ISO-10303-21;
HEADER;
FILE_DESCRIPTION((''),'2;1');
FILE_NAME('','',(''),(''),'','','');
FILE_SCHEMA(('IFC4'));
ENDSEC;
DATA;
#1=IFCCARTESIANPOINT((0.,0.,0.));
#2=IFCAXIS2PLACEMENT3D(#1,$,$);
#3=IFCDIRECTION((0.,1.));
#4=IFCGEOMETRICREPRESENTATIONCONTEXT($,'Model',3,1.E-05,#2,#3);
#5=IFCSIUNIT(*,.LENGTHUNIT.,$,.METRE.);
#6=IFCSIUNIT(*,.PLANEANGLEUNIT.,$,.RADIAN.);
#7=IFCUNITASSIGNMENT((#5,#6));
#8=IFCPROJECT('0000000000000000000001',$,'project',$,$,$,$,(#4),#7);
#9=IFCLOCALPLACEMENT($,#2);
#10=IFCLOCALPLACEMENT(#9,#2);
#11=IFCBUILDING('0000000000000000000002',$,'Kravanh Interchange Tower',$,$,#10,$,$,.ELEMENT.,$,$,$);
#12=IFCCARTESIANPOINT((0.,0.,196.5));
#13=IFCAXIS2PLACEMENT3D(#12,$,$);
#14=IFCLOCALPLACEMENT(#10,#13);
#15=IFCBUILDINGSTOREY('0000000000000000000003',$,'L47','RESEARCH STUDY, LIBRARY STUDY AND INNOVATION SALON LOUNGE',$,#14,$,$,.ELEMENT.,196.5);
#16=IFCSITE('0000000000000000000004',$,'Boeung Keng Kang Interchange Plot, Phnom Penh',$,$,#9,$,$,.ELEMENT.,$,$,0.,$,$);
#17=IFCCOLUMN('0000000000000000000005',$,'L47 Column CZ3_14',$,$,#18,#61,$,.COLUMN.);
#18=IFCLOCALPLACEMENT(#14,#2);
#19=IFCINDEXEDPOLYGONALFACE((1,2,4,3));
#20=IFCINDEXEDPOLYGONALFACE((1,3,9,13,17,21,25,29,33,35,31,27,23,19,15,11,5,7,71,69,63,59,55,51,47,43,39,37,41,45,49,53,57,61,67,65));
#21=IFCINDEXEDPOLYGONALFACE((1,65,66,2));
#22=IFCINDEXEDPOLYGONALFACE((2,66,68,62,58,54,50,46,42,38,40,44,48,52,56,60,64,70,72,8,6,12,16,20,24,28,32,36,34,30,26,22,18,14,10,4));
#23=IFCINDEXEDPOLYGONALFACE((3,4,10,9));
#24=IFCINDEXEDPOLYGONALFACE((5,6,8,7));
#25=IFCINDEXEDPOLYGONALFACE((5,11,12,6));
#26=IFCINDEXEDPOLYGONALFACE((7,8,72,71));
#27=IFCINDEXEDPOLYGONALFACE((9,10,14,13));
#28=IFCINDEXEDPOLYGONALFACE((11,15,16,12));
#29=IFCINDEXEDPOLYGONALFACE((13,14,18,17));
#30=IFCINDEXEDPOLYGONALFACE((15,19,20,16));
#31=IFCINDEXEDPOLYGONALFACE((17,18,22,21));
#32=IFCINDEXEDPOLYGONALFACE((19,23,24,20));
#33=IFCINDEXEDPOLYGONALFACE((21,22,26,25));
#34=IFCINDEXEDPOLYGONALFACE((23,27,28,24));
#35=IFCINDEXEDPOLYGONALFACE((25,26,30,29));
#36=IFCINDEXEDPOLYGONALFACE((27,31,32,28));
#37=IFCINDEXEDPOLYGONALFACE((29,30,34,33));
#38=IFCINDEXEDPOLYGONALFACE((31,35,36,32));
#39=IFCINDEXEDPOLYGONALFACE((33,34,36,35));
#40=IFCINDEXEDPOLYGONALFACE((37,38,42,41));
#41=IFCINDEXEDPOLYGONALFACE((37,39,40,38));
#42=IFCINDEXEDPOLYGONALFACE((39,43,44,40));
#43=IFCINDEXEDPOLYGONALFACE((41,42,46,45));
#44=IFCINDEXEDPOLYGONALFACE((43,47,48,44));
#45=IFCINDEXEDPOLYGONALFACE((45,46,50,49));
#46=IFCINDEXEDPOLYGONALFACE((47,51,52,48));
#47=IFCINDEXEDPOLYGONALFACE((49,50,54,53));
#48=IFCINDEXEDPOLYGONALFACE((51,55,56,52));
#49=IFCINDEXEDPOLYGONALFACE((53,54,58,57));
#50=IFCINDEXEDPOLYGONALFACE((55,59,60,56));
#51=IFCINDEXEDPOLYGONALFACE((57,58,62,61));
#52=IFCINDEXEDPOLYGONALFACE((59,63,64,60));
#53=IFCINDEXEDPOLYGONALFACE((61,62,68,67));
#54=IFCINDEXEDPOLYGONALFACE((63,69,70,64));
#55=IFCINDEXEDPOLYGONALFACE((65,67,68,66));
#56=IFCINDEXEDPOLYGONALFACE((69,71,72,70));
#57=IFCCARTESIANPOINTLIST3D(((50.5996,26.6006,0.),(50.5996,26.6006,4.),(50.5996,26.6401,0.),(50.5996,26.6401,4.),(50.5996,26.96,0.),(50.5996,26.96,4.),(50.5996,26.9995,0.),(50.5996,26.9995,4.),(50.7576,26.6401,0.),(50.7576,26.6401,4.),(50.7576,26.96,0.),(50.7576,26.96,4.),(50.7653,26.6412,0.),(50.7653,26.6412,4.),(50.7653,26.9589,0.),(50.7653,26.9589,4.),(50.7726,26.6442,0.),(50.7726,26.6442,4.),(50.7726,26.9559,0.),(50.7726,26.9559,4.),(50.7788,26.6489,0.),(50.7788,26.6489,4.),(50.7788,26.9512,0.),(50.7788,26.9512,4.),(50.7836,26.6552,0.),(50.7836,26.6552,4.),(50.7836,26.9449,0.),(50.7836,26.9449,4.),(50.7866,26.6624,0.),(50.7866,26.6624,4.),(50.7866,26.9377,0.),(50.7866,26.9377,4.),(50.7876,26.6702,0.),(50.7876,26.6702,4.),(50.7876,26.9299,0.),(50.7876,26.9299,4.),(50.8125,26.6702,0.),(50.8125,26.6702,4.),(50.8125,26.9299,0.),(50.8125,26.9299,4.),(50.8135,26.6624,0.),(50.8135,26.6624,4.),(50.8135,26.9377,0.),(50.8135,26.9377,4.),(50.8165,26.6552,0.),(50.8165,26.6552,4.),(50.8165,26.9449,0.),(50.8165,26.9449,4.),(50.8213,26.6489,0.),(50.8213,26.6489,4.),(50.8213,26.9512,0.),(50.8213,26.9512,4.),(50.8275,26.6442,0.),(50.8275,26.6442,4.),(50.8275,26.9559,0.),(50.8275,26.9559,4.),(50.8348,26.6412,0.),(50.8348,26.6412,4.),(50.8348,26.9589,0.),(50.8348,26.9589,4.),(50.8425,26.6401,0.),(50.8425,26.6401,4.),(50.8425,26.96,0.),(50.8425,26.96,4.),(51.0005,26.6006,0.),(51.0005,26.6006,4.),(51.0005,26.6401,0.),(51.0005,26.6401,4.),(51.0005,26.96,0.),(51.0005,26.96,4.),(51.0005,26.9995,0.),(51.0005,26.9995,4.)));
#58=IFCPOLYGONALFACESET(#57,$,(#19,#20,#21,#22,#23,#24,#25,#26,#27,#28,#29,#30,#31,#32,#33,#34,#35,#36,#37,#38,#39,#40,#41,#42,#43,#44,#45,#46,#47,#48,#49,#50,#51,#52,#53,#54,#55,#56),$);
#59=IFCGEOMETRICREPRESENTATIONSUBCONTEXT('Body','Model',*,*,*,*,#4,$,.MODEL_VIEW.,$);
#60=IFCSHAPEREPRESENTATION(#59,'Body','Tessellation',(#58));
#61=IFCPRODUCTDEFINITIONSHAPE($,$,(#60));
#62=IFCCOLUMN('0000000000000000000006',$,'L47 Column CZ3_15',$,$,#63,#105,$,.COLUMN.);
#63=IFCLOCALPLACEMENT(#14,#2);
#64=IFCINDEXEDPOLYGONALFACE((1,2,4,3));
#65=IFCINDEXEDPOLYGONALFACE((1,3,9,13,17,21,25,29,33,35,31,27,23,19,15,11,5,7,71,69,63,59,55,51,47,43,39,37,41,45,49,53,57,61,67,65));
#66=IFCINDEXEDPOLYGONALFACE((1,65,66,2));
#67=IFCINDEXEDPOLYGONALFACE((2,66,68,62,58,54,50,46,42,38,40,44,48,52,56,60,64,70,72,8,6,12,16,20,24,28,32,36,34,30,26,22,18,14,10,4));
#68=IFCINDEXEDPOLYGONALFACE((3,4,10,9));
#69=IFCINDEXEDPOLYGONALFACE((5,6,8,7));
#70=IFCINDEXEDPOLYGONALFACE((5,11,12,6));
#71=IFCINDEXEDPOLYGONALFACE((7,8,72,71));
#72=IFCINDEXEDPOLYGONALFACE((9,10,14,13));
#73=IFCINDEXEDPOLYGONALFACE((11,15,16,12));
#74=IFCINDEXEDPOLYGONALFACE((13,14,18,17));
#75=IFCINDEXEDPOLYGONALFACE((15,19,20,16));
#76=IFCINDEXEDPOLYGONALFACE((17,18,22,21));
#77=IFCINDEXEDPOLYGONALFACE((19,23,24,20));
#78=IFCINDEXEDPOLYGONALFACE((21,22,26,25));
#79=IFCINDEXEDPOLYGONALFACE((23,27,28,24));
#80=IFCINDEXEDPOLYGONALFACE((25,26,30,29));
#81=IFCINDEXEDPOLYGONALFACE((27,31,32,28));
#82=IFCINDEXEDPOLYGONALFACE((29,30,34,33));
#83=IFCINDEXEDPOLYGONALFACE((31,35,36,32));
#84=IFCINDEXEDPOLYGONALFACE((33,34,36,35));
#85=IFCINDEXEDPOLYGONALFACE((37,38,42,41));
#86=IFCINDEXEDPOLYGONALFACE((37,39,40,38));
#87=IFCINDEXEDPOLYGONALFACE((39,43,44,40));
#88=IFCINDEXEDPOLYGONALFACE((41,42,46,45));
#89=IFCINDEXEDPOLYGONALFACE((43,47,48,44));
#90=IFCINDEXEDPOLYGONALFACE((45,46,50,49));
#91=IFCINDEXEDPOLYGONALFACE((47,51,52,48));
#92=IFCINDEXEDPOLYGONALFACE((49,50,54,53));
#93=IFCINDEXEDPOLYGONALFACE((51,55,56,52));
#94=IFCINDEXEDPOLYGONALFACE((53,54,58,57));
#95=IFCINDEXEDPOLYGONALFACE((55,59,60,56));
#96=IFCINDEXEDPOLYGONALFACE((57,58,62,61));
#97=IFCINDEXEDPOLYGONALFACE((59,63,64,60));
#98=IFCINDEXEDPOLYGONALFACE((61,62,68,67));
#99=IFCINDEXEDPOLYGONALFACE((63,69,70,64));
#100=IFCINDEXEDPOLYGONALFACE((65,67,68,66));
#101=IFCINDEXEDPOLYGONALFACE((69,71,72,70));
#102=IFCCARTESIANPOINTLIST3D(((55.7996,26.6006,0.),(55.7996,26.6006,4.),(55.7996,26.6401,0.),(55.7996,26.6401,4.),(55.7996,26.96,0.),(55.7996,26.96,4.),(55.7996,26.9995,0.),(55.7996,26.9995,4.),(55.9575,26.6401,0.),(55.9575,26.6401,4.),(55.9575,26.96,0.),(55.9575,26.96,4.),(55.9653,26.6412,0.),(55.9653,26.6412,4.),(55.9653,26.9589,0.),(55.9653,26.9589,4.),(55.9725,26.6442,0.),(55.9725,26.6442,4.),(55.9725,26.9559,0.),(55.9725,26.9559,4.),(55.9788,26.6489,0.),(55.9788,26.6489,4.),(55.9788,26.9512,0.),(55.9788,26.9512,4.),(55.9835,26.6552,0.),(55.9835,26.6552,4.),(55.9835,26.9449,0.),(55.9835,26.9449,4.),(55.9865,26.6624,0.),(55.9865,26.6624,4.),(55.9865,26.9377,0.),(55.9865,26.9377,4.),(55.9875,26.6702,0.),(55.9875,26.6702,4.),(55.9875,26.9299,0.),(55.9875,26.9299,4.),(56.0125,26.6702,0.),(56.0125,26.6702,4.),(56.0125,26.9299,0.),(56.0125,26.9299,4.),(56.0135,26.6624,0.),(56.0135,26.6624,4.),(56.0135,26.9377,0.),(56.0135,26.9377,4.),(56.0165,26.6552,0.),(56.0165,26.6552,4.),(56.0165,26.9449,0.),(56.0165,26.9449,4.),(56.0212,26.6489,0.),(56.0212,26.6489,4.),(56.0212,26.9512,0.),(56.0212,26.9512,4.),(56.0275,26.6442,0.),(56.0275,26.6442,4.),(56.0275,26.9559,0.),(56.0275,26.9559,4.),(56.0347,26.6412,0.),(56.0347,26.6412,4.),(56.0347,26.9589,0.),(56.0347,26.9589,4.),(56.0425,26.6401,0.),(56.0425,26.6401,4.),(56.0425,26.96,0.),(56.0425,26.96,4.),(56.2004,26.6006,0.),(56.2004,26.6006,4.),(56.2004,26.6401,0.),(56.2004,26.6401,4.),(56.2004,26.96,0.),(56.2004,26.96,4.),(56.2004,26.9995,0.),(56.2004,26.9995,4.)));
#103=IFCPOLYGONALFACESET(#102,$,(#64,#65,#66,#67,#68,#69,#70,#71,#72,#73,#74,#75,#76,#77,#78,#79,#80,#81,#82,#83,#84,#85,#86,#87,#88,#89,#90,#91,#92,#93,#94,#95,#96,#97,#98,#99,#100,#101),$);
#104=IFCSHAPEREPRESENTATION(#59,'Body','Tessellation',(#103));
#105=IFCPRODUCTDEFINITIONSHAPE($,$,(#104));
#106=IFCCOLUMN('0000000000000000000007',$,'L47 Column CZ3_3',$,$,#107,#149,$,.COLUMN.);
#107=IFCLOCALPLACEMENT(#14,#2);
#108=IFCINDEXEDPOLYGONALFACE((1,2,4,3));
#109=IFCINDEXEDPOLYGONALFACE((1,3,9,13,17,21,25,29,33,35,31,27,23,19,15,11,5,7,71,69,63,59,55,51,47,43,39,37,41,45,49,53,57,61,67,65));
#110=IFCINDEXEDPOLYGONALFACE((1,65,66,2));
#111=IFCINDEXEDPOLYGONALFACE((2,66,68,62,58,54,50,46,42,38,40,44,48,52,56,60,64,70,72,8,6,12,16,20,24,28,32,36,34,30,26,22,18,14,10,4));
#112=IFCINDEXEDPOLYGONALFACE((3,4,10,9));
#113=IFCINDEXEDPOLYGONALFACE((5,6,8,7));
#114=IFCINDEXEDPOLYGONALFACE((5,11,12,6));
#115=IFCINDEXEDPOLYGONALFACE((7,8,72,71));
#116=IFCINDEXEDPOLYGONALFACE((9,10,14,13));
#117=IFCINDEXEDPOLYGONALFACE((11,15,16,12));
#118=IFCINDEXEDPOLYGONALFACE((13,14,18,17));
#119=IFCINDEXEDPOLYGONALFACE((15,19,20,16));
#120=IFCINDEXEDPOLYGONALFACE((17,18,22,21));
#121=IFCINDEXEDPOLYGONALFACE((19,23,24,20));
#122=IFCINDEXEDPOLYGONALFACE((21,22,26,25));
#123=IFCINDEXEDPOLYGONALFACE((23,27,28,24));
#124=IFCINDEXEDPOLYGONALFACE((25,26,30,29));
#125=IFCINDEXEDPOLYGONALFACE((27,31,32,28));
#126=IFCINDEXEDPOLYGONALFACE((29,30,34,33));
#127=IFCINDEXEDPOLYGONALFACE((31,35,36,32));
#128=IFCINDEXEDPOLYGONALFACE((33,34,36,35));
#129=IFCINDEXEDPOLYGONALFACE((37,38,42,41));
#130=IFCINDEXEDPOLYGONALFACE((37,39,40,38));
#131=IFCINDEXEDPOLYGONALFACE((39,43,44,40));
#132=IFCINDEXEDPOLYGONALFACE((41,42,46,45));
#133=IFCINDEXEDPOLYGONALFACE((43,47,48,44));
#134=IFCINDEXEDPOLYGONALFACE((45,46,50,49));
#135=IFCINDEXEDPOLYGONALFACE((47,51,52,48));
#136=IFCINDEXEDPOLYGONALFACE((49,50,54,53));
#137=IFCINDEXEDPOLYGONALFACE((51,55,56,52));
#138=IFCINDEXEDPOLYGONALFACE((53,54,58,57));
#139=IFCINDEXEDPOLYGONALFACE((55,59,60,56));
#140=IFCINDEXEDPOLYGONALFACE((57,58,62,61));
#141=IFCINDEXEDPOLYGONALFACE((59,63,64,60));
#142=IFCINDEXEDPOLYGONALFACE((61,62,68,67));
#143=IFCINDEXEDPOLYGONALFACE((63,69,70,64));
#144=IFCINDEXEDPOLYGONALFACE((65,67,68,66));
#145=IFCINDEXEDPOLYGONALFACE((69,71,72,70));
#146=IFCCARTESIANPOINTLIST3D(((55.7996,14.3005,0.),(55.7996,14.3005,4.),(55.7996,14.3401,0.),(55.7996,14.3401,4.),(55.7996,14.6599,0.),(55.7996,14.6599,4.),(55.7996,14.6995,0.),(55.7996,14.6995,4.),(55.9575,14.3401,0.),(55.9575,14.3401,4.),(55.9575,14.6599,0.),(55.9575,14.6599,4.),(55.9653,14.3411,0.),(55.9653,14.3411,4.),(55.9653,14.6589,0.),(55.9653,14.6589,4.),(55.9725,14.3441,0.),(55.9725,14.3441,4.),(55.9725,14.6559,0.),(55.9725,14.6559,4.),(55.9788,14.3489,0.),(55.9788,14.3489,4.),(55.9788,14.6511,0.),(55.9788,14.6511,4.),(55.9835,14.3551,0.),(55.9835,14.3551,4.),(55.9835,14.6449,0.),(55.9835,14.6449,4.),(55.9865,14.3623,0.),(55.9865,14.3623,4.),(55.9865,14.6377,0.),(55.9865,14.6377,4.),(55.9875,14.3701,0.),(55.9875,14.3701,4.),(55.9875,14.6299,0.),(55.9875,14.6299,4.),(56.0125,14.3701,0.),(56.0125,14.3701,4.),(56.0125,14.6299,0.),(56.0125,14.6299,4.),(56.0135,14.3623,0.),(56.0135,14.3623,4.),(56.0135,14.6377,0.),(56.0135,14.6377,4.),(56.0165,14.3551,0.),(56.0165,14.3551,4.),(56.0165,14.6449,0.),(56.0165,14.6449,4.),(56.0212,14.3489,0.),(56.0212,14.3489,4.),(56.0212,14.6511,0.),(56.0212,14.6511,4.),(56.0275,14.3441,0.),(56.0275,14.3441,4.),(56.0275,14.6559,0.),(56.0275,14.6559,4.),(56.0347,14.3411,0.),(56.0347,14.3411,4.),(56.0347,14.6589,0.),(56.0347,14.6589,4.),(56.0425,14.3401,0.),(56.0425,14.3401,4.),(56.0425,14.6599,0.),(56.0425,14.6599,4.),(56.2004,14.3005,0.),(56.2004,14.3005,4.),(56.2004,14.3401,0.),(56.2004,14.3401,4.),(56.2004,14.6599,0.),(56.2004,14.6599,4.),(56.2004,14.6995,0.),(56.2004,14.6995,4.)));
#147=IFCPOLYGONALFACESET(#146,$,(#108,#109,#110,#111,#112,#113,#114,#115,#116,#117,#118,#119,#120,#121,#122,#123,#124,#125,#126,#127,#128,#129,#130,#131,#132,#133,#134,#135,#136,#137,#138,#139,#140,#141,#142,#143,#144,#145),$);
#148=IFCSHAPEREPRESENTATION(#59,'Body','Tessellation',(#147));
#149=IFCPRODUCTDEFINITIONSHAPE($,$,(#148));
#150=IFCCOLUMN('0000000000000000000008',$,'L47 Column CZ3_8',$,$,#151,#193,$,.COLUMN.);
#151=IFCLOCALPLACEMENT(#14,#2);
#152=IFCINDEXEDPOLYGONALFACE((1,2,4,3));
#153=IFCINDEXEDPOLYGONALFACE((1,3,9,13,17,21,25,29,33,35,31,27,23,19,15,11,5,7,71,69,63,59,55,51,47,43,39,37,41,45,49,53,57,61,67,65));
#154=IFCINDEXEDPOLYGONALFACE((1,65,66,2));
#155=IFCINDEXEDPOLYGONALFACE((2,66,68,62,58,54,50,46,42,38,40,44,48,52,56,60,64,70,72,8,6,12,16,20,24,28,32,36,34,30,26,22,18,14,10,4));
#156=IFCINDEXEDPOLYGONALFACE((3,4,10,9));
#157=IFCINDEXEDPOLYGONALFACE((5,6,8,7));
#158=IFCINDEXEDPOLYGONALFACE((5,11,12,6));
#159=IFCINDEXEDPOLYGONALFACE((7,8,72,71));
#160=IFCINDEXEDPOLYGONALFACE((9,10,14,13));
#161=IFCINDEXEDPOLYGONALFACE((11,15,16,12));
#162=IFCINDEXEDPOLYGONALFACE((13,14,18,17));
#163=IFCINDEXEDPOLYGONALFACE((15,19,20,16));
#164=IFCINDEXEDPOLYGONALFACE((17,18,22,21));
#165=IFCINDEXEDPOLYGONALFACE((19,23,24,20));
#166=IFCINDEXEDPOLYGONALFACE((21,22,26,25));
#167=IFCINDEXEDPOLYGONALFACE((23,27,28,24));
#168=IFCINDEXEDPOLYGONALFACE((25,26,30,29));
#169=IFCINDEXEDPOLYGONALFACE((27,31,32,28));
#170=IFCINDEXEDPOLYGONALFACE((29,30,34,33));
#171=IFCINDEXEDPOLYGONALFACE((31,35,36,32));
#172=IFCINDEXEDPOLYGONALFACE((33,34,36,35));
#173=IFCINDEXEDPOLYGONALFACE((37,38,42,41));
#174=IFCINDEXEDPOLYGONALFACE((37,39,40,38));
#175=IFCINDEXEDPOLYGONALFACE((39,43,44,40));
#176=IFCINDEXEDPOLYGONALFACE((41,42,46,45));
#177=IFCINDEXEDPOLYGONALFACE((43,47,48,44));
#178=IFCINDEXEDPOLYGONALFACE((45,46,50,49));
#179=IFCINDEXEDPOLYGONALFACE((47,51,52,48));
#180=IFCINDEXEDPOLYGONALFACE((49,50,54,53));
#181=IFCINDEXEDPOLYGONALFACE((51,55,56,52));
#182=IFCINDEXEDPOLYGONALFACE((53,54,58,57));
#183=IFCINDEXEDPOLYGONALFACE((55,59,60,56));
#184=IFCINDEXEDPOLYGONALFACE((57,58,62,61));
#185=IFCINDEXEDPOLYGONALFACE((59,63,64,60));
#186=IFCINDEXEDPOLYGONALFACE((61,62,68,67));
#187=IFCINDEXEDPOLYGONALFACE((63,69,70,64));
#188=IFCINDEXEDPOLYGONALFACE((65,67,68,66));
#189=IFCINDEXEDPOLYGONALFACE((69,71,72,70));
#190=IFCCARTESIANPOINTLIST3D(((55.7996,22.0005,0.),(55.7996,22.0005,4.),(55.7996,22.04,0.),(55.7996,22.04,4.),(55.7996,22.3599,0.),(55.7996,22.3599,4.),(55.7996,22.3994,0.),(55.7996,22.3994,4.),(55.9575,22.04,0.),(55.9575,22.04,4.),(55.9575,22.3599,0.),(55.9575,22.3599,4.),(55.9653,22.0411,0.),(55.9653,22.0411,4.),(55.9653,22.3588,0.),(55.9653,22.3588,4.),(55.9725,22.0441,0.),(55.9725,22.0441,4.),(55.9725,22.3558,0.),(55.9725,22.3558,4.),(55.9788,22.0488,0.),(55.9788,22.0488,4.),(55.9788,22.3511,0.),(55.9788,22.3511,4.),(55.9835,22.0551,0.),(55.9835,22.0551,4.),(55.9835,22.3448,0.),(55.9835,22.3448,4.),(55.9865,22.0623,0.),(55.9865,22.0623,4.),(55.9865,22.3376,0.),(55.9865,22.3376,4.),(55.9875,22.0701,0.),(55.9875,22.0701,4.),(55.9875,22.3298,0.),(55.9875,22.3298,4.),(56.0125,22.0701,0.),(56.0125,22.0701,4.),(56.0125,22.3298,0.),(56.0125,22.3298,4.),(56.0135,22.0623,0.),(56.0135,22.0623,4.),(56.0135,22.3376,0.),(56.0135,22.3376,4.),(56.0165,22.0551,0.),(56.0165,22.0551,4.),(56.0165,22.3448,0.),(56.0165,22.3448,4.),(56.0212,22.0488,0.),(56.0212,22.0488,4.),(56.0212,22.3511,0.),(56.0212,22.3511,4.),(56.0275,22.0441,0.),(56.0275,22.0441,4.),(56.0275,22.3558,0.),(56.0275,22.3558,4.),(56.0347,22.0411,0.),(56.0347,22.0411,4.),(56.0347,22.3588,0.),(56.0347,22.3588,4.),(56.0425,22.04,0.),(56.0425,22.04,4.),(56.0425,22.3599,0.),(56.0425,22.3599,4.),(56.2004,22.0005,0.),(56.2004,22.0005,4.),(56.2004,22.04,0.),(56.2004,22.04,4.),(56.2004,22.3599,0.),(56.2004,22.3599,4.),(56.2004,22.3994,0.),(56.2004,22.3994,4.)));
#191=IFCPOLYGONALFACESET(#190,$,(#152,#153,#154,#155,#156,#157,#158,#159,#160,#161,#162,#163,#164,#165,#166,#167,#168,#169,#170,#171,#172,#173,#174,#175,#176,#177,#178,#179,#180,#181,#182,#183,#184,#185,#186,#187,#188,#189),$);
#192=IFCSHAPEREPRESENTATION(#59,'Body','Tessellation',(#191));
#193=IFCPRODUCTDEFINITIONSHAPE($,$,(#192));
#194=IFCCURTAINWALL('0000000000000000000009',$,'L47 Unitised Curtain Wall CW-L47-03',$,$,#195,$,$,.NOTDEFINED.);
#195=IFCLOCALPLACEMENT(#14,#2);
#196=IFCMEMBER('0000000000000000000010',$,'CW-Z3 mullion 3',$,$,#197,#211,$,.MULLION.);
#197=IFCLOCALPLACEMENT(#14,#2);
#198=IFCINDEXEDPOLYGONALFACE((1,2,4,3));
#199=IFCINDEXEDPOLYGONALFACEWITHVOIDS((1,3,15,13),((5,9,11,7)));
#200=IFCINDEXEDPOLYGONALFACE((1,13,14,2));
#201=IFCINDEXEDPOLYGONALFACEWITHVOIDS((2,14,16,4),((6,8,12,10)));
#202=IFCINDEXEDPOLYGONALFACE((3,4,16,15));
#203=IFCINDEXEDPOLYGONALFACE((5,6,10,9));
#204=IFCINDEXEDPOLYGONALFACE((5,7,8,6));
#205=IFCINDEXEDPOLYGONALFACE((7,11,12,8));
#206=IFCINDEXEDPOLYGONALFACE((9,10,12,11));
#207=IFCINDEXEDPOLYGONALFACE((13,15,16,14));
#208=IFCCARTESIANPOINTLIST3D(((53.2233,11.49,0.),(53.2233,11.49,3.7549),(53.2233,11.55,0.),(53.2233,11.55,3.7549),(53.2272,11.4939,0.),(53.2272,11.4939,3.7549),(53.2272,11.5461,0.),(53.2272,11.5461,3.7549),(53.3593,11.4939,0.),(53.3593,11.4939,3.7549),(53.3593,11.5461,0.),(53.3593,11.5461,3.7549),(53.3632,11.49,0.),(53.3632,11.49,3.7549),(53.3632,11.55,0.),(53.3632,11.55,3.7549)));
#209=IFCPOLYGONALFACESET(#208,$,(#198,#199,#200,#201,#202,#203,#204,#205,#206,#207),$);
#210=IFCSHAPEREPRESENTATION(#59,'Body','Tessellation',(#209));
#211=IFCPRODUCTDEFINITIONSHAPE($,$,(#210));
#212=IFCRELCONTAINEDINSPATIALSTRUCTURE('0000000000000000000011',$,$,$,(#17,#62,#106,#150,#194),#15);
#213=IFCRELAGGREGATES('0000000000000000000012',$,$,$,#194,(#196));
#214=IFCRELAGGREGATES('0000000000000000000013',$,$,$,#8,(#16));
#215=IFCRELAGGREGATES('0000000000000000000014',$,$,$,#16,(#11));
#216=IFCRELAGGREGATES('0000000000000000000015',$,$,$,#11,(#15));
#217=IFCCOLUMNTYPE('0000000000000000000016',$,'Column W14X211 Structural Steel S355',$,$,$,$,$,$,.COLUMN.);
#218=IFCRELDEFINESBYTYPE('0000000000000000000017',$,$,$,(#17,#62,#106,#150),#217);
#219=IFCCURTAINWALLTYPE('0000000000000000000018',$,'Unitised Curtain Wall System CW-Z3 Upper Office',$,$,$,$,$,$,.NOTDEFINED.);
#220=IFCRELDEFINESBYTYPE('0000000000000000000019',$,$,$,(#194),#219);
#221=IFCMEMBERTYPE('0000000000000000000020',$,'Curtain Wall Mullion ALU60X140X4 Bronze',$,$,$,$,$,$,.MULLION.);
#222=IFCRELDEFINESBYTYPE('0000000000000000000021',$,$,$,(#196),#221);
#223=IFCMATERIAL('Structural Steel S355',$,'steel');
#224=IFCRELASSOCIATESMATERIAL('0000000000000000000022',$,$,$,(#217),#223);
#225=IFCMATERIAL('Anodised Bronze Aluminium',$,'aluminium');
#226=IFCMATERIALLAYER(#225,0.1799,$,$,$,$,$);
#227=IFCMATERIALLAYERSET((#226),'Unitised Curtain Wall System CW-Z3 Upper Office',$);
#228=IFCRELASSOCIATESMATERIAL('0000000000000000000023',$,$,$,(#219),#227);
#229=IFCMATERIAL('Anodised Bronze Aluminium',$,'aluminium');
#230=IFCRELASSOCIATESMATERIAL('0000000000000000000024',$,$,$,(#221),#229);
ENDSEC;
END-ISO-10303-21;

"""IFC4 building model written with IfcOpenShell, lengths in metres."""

from ifc_helpers import new_model, si_unit, direction, frame, origin, origin_2d, place, context, subcontext, project, spatial, hollow_rectangle, i_section, extrude, material, layer, layer_set, material_profile, profile_set, type_object, element, aggregate, save


model = new_model("IFC4")

# Units and contexts
model_context = context("Model", 3, precision=1e-05, world=origin(), true_north=direction((0.0, 1.0)))
body_context = subcontext(model_context, "Body", "Model", "MODEL_VIEW")
ifc_project = project(units=[si_unit("LENGTHUNIT", "METRE"), si_unit("PLANEANGLEUNIT", "RADIAN")], contexts=[model_context])

# Site, building, storey
site_placement = place(None, origin())
site = spatial("IfcSite", under=ifc_project, at=site_placement, Name="Boeung Keng Kang Interchange Plot, Phnom Penh", CompositionType="ELEMENT", RefElevation=0.0)
building_placement = place(site_placement, origin())
building = spatial("IfcBuilding", under=site, at=building_placement, Name="Kravanh Interchange Tower", CompositionType="ELEMENT")
storey_placement = place(building_placement, frame((0.0, 0.0, 196.5)))
storey = spatial("IfcBuildingStorey", under=building, at=storey_placement, Name="L47", Description="RESEARCH STUDY, LIBRARY STUDY AND INNOVATION SALON LOUNGE", CompositionType="ELEMENT", Elevation=196.5)

# Columns
ifc_material_1 = material(Name="Structural Steel S355", Category="steel")
ifc_material_profile_1 = material_profile(ifc_material_1, i_section(OverallWidth=0.4009, OverallDepth=0.3989, WebThickness=0.0249, FlangeThickness=0.0396, FilletRadius=0.03, at=origin_2d()), Name="W14X211")
ifc_profile_set_1 = profile_set([ifc_material_profile_1], Name="Structural Steel S355")
column_type = type_object("IfcColumnType", Name="Column W14X211 Structural Steel S355", PredefinedType="COLUMN", material=ifc_profile_set_1)
for number, where, z_axis, x_axis, name in (
    (1, (50.8, 26.8, 0.0), (0.0, 0.0, 1.0), (1.0, 0.0, 0.0), "L47 Column CZ3_14"),
    (2, (56.0, 26.8, 0.0), (0.0, 0.0, 1.0), (1.0, 0.0, 0.0), "L47 Column CZ3_15"),
    (3, (56.0, 14.5, 0.0), (0.0, 0.0, 1.0), (1.0, 0.0, 0.0), "L47 Column CZ3_3"),
    (4, (56.0, 22.2, 0.0), (0.0, 0.0, 1.0), (1.0, 0.0, 0.0), "L47 Column CZ3_8"),
):
    element("IfcColumn", number, at=place(storey_placement, frame(where, z_axis=z_axis, x_axis=x_axis)), inside=storey, type_object=column_type, Name=name, PredefinedType="COLUMN", context=body_context, shape_type="SweptSolid", body=[
        extrude(i_section(OverallWidth=0.4009, OverallDepth=0.3989, WebThickness=0.0249, FlangeThickness=0.0396, FilletRadius=0.03, at=origin_2d()), origin(), (0.0, 0.0, 1.0), 4.0),
    ])

# Curtain wall, member
ifc_material_2 = material(Name="Anodised Bronze Aluminium", Category="aluminium")
ifc_layer_1 = layer(ifc_material_2, 0.1799)
ifc_layer_set_1 = layer_set([ifc_layer_1], Name="Unitised Curtain Wall System CW-Z3 Upper Office")
curtain_wall_type = type_object("IfcCurtainWallType", Name="Unitised Curtain Wall System CW-Z3 Upper Office", PredefinedType="NOTDEFINED", material=ifc_layer_set_1)
curtain_wall_1_placement = place(storey_placement, origin())
curtain_wall_1 = element("IfcCurtainWall", 5, at=curtain_wall_1_placement, inside=storey, type_object=curtain_wall_type, Name="L47 Unitised Curtain Wall CW-L47-03", PredefinedType="NOTDEFINED")
ifc_material_3 = material(Name="Anodised Bronze Aluminium", Category="aluminium")
ifc_material_profile_2 = material_profile(ifc_material_3, hollow_rectangle(XDim=0.0601, YDim=0.1399, WallThickness=0.0039, at=origin_2d()), Name="ALU60X140X4")
ifc_profile_set_2 = profile_set([ifc_material_profile_2], Name="Anodised Bronze Aluminium")
member_type_1 = type_object("IfcMemberType", Name="Curtain Wall Mullion ALU60X140X4 Bronze", PredefinedType="MULLION", material=ifc_profile_set_2)
member_1_placement = place(storey_placement, frame((53.2932, 11.52, 0.0), z_axis=(0.0, 0.0, 1.0), x_axis=(0.0, -1.0, 0.0)))
member_1 = element("IfcMember", 6, at=member_1_placement, type_object=member_type_1, Name="CW-Z3 mullion 3", PredefinedType="MULLION", context=body_context, shape_type="SweptSolid", body=[
    extrude(hollow_rectangle(XDim=0.0601, YDim=0.1399, WallThickness=0.0039, at=origin_2d()), origin(), (0.0, 0.0, 1.0), 3.7549),
])

aggregate(curtain_wall_1, [member_1])

save(model, "model.ifc")
